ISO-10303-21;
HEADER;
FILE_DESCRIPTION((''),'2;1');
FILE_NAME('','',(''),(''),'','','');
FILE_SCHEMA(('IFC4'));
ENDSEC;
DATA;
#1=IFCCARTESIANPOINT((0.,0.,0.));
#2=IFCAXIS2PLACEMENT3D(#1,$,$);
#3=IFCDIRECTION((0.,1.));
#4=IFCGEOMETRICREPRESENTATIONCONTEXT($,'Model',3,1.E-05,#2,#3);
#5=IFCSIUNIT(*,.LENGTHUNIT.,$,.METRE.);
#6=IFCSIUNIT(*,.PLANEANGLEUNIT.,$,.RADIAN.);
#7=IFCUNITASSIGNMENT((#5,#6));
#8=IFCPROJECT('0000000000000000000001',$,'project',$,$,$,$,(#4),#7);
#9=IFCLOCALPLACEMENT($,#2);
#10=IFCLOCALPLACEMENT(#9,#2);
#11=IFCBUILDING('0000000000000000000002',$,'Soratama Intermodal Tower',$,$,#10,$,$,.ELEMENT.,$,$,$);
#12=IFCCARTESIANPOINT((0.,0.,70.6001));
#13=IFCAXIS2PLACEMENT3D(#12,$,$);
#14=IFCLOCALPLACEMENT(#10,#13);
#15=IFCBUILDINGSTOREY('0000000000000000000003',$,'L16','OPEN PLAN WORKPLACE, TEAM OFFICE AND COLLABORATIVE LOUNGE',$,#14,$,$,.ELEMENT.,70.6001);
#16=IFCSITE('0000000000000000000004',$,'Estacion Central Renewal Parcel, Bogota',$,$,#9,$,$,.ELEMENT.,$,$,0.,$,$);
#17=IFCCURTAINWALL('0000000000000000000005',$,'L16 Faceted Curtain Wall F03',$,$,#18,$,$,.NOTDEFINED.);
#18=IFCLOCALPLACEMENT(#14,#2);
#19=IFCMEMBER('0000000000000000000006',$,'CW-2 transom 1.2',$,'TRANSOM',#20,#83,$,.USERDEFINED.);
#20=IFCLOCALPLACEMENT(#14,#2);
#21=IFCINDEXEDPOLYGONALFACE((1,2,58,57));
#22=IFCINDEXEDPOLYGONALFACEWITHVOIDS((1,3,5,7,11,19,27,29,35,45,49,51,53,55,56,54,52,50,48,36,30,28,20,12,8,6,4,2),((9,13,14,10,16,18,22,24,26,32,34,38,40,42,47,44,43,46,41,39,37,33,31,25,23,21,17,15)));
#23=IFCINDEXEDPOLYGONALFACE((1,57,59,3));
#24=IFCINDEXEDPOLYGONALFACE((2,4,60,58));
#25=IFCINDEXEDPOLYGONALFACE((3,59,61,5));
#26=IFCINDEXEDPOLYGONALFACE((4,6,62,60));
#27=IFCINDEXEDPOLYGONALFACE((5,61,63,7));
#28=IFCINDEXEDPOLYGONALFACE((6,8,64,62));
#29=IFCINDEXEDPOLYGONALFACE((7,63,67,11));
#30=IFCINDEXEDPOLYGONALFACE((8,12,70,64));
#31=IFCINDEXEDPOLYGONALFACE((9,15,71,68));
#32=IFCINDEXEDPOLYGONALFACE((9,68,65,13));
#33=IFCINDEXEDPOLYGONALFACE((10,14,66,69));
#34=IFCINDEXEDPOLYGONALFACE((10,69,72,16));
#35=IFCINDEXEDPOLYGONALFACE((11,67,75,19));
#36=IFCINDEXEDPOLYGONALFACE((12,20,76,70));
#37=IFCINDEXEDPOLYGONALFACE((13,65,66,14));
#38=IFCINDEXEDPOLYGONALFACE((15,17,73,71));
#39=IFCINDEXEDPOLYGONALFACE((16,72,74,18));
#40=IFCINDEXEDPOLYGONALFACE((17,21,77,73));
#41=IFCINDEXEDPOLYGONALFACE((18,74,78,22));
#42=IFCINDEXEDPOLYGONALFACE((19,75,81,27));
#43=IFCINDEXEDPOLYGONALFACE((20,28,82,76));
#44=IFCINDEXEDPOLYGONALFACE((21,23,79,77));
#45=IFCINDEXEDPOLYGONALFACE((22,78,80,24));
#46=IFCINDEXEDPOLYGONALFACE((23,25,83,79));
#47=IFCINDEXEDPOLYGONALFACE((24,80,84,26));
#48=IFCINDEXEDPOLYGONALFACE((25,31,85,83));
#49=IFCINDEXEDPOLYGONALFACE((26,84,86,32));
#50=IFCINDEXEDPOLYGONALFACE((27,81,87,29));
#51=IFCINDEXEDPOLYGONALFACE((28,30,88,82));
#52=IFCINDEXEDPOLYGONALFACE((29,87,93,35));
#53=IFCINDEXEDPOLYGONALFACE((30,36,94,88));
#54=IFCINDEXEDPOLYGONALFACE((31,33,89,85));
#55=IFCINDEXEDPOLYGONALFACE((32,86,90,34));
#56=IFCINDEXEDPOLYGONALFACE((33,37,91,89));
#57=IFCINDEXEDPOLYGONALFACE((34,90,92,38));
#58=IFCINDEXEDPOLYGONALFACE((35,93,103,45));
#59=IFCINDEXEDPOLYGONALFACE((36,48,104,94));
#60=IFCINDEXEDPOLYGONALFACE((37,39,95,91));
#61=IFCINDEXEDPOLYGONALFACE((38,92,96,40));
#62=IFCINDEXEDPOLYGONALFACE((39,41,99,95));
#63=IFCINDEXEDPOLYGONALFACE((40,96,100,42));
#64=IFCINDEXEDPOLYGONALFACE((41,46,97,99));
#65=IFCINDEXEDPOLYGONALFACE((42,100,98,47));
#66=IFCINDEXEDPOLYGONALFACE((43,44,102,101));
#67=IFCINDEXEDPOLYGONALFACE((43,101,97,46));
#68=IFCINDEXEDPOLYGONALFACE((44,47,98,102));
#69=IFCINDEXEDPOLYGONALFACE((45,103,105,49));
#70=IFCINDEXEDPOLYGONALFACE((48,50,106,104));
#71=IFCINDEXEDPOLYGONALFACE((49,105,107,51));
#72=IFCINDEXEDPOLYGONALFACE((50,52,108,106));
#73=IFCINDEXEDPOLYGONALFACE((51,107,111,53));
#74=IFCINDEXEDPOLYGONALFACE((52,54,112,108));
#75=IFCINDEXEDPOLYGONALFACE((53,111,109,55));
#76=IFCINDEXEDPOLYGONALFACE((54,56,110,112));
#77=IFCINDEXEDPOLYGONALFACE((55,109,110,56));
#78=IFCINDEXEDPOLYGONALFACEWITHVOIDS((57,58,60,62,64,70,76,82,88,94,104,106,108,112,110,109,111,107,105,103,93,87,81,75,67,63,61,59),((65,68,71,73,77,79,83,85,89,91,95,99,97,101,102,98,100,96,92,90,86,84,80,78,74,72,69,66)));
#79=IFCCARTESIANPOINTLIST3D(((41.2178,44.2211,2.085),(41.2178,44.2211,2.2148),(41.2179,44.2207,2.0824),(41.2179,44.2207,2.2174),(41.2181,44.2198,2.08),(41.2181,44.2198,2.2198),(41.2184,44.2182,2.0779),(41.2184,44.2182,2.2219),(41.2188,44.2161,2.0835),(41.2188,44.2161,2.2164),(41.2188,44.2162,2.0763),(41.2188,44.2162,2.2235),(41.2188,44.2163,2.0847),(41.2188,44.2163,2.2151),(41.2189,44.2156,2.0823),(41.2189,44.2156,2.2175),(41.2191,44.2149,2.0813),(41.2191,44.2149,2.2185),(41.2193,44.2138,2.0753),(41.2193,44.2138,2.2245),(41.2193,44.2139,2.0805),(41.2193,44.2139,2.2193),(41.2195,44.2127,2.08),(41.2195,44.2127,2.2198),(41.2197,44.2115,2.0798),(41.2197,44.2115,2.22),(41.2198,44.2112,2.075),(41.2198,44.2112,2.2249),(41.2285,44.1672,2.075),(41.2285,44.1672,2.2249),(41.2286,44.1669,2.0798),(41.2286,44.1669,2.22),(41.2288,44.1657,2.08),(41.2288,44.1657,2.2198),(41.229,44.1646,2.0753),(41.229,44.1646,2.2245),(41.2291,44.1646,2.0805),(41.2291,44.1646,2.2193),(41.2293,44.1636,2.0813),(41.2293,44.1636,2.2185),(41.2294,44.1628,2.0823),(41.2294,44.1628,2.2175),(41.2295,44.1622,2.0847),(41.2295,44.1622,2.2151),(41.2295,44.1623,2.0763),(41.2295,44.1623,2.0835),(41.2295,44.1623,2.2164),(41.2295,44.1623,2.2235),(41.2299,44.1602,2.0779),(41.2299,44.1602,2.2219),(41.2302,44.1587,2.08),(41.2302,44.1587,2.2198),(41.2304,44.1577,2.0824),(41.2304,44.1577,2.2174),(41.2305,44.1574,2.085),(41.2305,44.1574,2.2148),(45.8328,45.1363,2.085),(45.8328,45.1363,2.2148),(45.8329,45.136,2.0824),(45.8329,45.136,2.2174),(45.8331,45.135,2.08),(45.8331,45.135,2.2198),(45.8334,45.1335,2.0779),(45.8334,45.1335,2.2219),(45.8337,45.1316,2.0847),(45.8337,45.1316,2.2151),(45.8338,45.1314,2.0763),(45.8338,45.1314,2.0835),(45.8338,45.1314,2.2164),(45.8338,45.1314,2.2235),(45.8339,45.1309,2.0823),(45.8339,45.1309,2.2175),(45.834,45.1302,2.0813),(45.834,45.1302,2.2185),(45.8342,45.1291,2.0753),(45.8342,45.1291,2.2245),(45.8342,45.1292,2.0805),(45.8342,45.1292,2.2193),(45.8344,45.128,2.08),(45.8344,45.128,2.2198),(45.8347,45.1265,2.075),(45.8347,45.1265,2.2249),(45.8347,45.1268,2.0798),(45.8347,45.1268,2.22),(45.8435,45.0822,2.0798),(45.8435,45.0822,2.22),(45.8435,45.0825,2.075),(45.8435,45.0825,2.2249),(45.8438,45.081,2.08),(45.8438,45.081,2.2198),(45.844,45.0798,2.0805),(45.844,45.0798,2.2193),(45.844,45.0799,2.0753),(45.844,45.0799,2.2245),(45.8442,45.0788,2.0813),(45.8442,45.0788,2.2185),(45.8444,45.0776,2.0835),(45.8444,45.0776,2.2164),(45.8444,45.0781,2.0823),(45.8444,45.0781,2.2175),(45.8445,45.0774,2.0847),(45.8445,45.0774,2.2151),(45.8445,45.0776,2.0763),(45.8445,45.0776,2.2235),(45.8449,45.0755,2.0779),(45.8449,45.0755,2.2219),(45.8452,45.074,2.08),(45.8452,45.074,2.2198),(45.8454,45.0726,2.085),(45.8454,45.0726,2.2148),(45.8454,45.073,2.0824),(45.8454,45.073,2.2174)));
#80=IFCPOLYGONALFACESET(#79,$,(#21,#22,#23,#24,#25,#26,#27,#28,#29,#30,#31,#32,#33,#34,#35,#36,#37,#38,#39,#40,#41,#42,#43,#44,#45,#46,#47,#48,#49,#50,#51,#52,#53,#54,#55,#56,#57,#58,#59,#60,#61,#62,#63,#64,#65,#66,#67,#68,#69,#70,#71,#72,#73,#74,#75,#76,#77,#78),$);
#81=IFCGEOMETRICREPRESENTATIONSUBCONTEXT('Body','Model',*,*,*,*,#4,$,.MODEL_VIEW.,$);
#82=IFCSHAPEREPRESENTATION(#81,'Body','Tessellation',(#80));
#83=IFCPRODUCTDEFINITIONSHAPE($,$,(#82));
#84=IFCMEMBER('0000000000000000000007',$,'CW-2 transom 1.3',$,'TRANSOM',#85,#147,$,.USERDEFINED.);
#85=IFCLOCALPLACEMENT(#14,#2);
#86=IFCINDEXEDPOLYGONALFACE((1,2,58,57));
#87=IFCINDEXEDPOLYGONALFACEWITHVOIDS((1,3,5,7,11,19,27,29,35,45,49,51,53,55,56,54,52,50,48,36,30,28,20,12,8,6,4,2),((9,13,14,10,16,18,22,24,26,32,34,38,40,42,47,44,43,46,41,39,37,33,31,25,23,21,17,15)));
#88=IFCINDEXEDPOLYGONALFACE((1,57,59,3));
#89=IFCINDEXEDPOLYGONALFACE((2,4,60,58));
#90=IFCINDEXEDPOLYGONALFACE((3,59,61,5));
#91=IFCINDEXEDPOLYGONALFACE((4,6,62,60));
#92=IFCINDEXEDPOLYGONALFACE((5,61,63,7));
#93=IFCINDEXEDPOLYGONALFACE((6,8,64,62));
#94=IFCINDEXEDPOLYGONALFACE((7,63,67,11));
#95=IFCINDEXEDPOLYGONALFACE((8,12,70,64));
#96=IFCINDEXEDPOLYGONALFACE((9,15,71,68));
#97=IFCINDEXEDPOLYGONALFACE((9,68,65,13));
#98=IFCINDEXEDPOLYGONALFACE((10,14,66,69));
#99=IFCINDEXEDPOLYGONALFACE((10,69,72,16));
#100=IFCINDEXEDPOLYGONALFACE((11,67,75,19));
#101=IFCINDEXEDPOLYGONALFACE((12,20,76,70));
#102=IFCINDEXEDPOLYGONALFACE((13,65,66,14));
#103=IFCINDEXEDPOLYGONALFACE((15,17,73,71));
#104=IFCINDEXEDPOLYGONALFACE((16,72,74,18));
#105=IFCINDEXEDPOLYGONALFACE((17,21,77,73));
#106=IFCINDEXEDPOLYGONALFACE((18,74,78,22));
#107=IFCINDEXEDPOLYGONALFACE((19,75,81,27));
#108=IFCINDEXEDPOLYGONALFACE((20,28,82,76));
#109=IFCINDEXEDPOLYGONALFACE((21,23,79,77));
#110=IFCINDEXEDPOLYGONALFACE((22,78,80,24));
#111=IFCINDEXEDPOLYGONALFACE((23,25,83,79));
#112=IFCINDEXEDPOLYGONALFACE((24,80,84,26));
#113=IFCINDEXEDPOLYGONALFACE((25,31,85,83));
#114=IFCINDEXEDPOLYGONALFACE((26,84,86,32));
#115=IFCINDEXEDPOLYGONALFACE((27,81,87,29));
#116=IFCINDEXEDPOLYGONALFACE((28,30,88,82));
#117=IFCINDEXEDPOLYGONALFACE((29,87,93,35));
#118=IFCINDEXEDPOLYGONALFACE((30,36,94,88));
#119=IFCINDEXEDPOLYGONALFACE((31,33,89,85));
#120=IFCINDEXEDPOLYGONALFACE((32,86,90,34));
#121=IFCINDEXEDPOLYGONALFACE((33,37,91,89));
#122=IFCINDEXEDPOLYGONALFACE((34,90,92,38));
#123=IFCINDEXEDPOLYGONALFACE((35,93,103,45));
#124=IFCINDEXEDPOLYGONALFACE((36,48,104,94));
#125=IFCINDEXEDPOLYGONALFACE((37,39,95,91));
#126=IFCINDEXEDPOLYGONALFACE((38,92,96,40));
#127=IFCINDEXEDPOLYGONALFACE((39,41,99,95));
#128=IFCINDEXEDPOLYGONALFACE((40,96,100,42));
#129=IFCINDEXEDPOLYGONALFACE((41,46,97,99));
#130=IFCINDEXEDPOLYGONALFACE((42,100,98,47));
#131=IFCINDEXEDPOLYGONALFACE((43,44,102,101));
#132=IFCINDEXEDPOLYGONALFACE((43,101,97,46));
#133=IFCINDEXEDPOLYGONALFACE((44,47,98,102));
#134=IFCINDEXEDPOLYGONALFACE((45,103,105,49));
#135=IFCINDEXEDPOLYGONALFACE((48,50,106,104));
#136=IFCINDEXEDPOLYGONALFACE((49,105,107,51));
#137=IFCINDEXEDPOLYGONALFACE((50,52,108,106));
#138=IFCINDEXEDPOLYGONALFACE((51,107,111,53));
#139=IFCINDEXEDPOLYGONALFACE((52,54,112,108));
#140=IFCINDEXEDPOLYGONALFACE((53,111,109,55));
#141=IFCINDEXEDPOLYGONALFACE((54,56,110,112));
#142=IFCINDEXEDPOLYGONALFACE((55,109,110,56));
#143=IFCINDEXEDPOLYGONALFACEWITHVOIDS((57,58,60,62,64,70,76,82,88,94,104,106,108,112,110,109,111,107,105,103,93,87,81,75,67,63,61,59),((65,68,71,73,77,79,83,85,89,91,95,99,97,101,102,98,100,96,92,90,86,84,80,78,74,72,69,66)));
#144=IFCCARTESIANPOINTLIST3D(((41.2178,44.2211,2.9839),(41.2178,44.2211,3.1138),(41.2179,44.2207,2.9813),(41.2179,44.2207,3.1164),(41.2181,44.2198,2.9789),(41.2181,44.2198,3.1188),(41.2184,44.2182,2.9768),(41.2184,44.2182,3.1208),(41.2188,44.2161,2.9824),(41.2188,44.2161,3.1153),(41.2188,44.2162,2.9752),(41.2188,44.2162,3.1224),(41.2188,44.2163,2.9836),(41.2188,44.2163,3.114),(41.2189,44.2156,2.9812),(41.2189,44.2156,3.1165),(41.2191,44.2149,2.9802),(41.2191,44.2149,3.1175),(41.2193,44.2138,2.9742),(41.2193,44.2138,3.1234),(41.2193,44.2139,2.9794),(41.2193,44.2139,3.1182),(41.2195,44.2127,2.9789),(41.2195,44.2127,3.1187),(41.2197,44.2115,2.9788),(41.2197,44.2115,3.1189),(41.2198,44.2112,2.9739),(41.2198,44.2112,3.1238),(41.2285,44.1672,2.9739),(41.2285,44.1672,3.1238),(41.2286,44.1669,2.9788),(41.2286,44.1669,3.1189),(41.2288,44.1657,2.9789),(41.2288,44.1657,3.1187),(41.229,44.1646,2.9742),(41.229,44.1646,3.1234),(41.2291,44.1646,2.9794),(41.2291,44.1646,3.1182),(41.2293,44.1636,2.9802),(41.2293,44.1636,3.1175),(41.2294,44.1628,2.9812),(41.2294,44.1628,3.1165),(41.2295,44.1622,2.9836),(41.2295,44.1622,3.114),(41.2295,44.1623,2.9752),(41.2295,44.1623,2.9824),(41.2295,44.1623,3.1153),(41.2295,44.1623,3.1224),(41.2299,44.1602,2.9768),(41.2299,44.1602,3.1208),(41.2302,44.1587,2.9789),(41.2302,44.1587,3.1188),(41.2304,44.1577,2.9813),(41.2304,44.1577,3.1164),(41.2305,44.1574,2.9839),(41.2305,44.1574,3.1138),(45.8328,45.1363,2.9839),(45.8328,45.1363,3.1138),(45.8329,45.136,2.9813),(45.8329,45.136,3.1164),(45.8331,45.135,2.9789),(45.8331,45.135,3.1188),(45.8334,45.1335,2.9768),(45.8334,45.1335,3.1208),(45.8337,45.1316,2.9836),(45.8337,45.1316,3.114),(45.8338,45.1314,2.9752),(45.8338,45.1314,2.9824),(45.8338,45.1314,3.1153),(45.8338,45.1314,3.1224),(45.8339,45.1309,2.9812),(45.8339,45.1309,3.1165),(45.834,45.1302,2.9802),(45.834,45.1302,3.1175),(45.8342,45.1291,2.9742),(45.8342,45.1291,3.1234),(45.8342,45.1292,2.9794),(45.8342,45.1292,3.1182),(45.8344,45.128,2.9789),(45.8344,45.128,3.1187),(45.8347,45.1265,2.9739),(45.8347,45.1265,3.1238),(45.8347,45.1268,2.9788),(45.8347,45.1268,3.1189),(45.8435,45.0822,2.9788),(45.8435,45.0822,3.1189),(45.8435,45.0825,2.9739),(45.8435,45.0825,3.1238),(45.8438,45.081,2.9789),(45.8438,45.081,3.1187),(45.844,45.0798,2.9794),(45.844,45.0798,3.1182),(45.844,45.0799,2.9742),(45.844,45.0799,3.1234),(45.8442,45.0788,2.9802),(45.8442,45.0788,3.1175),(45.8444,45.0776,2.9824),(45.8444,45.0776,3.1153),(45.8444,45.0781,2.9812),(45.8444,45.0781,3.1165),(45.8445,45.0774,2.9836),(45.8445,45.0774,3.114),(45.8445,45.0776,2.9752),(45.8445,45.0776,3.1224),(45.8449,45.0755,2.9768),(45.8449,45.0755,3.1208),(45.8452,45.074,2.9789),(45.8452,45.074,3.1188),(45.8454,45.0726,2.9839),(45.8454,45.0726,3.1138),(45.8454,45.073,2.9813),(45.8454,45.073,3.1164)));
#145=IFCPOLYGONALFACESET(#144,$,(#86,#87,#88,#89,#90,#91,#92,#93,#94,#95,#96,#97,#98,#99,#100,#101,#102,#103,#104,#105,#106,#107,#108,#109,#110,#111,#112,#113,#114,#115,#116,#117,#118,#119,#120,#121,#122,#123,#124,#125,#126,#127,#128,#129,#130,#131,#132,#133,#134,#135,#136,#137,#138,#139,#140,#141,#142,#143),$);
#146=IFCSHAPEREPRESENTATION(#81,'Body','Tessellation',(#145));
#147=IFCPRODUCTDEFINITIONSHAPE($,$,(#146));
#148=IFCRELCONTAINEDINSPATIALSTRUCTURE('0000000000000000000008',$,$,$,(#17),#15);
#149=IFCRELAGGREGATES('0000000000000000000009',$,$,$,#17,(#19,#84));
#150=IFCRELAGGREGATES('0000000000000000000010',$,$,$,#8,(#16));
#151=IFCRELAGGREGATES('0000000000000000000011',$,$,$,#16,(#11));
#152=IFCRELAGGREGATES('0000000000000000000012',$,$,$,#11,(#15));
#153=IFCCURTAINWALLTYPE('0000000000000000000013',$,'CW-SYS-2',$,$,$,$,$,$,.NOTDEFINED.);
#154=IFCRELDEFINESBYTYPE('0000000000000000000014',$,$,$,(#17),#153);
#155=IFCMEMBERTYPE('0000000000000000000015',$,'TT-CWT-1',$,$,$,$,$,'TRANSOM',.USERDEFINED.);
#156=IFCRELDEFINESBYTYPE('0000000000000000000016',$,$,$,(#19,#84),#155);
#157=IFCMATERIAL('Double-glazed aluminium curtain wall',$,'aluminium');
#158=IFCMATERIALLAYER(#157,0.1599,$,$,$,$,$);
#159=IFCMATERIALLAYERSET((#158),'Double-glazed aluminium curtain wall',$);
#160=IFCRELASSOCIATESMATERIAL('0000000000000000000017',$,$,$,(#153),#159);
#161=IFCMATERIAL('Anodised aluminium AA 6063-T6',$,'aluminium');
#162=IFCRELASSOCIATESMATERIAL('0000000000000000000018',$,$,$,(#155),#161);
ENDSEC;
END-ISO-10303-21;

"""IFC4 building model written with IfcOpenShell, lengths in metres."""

from ifc_helpers import new_model, si_unit, direction, frame, origin, origin_2d, place, context, subcontext, project, spatial, hollow_rectangle, extrude, material, layer, layer_set, material_profile, profile_set, type_object, element, aggregate, save


model = new_model("IFC4")

# Units and contexts
model_context = context("Model", 3, precision=1e-05, world=origin(), true_north=direction((0.0, 1.0)))
body_context = subcontext(model_context, "Body", "Model", "MODEL_VIEW")
ifc_project = project(units=[si_unit("LENGTHUNIT", "METRE"), si_unit("PLANEANGLEUNIT", "RADIAN")], contexts=[model_context])

# Site, building, storey
site_placement = place(None, origin())
site = spatial("IfcSite", under=ifc_project, at=site_placement, Name="Estacion Central Renewal Parcel, Bogota", CompositionType="ELEMENT", RefElevation=0.0)
building_placement = place(site_placement, origin())
building = spatial("IfcBuilding", under=site, at=building_placement, Name="Soratama Intermodal Tower", CompositionType="ELEMENT")
storey_placement = place(building_placement, frame((0.0, 0.0, 70.6001)))
storey = spatial("IfcBuildingStorey", under=building, at=storey_placement, Name="L16", Description="OPEN PLAN WORKPLACE, TEAM OFFICE AND COLLABORATIVE LOUNGE", CompositionType="ELEMENT", Elevation=70.6001)

# Shared definitions
ifc_material_1 = material(Name="Double-glazed aluminium curtain wall", Category="aluminium")
ifc_layer_1 = layer(ifc_material_1, 0.1599)
ifc_layer_set_1 = layer_set([ifc_layer_1], Name="Double-glazed aluminium curtain wall")
curtain_wall_type = type_object("IfcCurtainWallType", Name="CW-SYS-2", PredefinedType="NOTDEFINED", material=ifc_layer_set_1)

# Curtain wall, members
curtain_wall_1_placement = place(storey_placement, origin())
curtain_wall_1 = element("IfcCurtainWall", 1, at=curtain_wall_1_placement, inside=storey, type_object=curtain_wall_type, Name="L16 Faceted Curtain Wall F03", PredefinedType="NOTDEFINED")
ifc_material_2 = material(Name="Anodised aluminium AA 6063-T6", Category="aluminium")
ifc_material_profile_1 = material_profile(ifc_material_2, hollow_rectangle(XDim=0.0649, YDim=0.1499, WallThickness=0.0049, InnerFilletRadius=0.0049, OuterFilletRadius=0.01, at=origin_2d()), Name="CWT150X65X5")
ifc_profile_set_1 = profile_set([ifc_material_profile_1], Name="Anodised aluminium AA 6063-T6")
member_type_1 = type_object("IfcMemberType", Name="TT-CWT-1", ElementType="TRANSOM", PredefinedType="USERDEFINED", material=ifc_profile_set_1)
member_1_placement = place(storey_placement, frame((45.8391, 45.1045, 2.1499), z_axis=(-0.980895, -0.194539, 0.0), x_axis=(0.194539, -0.980895, 0.0)))
member_1 = element("IfcMember", 2, at=member_1_placement, type_object=member_type_1, Name="CW-2 transom 1.2", ObjectType="TRANSOM", PredefinedType="USERDEFINED", context=body_context, shape_type="SweptSolid", body=[
    extrude(hollow_rectangle(XDim=0.0649, YDim=0.1499, WallThickness=0.0049, InnerFilletRadius=0.0049, OuterFilletRadius=0.01, at=origin_2d()), origin(), (0.0, 0.0, 1.0), 4.7048),
])
member_2_placement = place(storey_placement, frame((45.8391, 45.1045, 3.0488), z_axis=(-0.980895, -0.194539, 0.0), x_axis=(0.194539, -0.980895, 0.0)))
member_2 = element("IfcMember", 3, at=member_2_placement, type_object=member_type_1, Name="CW-2 transom 1.3", ObjectType="TRANSOM", PredefinedType="USERDEFINED", context=body_context, shape_type="SweptSolid", body=[
    extrude(hollow_rectangle(XDim=0.0649, YDim=0.1499, WallThickness=0.0049, InnerFilletRadius=0.0049, OuterFilletRadius=0.01, at=origin_2d()), origin(), (0.0, 0.0, 1.0), 4.7048),
])

aggregate(curtain_wall_1, [member_1, member_2])

save(model, "model.ifc")
